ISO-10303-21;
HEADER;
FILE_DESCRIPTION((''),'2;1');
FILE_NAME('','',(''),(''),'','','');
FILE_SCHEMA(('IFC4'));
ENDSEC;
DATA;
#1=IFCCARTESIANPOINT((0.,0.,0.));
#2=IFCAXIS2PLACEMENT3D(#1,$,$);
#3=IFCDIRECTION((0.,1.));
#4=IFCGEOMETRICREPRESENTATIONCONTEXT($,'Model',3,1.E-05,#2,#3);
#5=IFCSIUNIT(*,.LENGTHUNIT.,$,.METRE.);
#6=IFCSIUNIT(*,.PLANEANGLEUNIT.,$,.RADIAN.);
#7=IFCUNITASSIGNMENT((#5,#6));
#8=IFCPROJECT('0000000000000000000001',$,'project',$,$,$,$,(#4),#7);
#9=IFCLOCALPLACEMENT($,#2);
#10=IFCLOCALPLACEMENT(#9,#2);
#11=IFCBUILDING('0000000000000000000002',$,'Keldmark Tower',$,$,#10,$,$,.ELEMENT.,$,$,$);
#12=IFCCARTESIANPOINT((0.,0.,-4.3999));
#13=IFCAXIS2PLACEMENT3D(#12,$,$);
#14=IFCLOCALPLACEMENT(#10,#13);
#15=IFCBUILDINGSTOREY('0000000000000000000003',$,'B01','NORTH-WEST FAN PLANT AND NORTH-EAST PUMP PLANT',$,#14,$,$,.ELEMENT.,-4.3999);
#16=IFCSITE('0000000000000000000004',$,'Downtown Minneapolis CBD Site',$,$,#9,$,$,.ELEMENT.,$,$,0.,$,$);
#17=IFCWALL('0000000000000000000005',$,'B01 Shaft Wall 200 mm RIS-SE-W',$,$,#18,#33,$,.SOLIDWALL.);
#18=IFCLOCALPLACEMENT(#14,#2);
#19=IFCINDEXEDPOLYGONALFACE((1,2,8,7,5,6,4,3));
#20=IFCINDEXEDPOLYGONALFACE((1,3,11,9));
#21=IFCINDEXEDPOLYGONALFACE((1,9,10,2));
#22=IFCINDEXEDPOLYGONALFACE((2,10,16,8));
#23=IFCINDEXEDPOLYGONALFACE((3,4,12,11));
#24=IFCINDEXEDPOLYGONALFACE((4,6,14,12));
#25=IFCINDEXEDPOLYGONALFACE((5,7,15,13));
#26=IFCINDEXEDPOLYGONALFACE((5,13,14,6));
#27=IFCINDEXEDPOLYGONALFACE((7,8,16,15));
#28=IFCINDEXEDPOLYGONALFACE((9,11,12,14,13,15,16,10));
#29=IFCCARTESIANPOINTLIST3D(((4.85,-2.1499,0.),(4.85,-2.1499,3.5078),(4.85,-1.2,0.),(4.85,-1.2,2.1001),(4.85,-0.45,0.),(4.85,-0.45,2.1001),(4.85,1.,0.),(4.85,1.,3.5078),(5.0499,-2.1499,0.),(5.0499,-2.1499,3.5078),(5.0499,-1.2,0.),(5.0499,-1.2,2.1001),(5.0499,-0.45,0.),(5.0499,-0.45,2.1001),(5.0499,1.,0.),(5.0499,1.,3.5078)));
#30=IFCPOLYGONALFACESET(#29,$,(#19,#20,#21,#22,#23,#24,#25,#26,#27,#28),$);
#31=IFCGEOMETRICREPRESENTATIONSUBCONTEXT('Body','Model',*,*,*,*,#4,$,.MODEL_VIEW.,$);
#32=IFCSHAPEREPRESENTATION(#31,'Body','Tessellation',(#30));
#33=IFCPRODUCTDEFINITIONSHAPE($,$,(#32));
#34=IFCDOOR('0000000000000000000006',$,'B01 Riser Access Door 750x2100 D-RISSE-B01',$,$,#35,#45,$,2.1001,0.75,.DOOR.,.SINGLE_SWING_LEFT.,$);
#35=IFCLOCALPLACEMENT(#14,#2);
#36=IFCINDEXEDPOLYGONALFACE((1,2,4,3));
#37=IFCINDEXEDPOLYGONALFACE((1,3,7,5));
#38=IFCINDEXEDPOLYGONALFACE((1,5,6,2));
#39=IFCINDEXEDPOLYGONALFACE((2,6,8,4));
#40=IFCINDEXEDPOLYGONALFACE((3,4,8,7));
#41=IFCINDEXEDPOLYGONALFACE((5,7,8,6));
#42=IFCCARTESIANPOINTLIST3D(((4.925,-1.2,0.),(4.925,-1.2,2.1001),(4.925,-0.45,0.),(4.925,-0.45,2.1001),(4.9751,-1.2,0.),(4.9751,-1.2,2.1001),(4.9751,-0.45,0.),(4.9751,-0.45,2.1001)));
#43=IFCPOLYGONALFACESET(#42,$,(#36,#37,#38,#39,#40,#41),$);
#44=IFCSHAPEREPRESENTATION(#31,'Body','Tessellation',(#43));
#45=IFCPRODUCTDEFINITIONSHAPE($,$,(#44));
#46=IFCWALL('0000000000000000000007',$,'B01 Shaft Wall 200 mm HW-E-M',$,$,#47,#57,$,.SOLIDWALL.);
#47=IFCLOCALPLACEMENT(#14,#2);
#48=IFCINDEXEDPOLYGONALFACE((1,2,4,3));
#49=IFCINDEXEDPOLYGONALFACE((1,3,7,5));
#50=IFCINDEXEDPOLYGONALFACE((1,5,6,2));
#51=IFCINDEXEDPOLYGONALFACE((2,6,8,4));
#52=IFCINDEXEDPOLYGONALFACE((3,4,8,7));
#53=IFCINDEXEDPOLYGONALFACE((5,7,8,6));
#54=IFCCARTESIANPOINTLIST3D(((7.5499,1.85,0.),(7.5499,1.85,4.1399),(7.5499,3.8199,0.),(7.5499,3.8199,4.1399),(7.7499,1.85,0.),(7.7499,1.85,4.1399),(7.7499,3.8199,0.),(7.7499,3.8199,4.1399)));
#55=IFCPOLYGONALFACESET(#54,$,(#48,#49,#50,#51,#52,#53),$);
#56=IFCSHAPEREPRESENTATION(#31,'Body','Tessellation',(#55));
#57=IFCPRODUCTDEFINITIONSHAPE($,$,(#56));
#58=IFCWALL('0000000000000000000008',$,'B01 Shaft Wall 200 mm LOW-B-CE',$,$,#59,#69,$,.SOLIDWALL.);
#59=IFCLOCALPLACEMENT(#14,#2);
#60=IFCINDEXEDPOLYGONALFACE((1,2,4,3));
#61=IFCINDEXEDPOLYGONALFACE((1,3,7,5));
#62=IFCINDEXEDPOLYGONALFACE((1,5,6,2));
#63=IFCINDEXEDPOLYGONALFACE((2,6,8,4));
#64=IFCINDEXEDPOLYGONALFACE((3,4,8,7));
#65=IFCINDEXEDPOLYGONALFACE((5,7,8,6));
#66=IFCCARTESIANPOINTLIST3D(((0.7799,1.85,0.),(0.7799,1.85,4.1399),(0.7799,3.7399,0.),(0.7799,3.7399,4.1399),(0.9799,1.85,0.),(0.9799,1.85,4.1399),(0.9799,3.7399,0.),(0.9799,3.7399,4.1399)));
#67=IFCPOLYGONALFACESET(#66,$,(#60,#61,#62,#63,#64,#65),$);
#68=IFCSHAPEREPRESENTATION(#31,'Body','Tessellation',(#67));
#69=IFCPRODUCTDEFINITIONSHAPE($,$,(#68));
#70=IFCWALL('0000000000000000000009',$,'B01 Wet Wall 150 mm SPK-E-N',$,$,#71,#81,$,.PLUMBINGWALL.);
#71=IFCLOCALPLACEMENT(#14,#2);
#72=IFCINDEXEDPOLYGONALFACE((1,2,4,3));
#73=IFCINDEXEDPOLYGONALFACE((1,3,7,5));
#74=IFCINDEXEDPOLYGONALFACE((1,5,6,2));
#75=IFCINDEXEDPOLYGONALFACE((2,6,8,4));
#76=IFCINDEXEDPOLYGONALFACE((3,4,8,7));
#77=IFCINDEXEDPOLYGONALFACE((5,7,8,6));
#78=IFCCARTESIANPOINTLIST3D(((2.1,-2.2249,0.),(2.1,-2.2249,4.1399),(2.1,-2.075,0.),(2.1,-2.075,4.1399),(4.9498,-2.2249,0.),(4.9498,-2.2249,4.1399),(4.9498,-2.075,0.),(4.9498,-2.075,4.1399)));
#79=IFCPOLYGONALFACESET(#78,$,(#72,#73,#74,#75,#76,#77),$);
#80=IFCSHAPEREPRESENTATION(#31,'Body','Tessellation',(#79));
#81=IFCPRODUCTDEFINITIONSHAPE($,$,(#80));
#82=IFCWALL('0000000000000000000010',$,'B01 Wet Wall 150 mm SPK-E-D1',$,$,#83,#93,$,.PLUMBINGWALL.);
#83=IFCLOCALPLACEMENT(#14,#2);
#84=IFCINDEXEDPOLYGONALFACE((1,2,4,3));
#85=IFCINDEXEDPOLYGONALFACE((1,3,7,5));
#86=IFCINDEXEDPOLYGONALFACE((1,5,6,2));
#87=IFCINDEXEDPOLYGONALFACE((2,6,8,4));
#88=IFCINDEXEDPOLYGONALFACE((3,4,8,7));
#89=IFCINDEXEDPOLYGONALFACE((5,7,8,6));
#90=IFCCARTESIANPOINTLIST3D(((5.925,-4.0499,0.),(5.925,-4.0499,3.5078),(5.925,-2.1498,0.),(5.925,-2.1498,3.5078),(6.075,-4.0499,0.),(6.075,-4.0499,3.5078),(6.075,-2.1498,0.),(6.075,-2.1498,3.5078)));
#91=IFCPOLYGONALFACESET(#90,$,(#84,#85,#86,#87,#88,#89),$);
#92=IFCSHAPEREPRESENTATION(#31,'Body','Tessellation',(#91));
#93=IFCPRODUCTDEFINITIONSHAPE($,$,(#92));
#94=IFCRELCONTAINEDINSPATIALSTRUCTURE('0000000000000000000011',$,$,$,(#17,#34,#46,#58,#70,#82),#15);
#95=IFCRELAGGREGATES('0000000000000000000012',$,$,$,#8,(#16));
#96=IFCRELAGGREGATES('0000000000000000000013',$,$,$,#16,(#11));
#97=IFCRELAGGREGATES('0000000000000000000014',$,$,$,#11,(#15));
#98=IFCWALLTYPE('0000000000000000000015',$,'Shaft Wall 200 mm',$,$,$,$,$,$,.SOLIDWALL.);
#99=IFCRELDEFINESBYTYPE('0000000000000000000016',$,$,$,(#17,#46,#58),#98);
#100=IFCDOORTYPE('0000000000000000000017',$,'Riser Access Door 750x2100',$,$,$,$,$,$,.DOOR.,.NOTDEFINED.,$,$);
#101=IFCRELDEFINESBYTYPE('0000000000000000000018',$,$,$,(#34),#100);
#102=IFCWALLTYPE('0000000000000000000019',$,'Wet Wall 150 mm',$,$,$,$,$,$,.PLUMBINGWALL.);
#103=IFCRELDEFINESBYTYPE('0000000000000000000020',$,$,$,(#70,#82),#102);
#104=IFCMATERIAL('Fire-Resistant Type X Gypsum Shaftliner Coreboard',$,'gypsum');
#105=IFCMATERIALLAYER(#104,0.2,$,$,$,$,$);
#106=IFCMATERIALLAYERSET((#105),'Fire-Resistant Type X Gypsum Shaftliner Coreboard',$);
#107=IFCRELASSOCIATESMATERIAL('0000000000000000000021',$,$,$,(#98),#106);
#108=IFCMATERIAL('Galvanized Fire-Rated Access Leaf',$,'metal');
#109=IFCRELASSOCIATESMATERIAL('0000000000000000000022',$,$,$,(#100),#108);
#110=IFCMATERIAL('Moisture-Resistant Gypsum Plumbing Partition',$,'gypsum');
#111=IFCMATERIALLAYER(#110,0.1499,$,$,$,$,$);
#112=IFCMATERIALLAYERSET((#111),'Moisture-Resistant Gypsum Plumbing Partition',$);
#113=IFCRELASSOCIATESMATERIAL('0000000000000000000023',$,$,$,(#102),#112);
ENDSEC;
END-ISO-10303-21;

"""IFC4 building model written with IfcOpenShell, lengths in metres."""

from ifc_helpers import new_model, si_unit, direction, frame, frame_2d, origin, place, context, subcontext, project, spatial, rectangle, extrude, material, layer, layer_set, type_object, element, fill, save


model = new_model("IFC4")

# Units and contexts
model_context = context("Model", 3, precision=1e-05, world=origin(), true_north=direction((0.0, 1.0)))
body_context = subcontext(model_context, "Body", "Model", "MODEL_VIEW")
ifc_project = project(units=[si_unit("LENGTHUNIT", "METRE"), si_unit("PLANEANGLEUNIT", "RADIAN")], contexts=[model_context])

# Site, building, storey
site_placement = place(None, origin())
site = spatial("IfcSite", under=ifc_project, at=site_placement, Name="Downtown Minneapolis CBD Site", CompositionType="ELEMENT", RefElevation=0.0)
building_placement = place(site_placement, origin())
building = spatial("IfcBuilding", under=site, at=building_placement, Name="Keldmark Tower", CompositionType="ELEMENT")
storey_placement = place(building_placement, frame((0.0, 0.0, -4.3999)))
storey = spatial("IfcBuildingStorey", under=building, at=storey_placement, Name="B01", Description="NORTH-WEST FAN PLANT AND NORTH-EAST PUMP PLANT", CompositionType="ELEMENT", Elevation=-4.3999)

# Shared definitions
ifc_material_1 = material(Name="Fire-Resistant Type X Gypsum Shaftliner Coreboard", Category="gypsum")
ifc_layer_1 = layer(ifc_material_1, 0.2)
ifc_layer_set_1 = layer_set([ifc_layer_1], Name="Fire-Resistant Type X Gypsum Shaftliner Coreboard")
wall_type_1 = type_object("IfcWallType", Name="Shaft Wall 200 mm", PredefinedType="SOLIDWALL", material=ifc_layer_set_1)

# Wall, opening, door
wall_1_placement = place(storey_placement, frame((4.95, -2.1499, 0.0), z_axis=(0.0, 0.0, 1.0), x_axis=(0.0, 1.0, 0.0)))
wall_1 = element("IfcWall", 1, at=wall_1_placement, inside=storey, type_object=wall_type_1, Name="B01 Shaft Wall 200 mm RIS-SE-W", PredefinedType="SOLIDWALL", context=body_context, shape_type="SweptSolid", body=[
    extrude(rectangle(XDim=3.1499, YDim=0.2, at=frame_2d((1.575, 0.0))), origin(), (0.0, 0.0, 1.0), 3.5078),
])
opening_1_placement = place(wall_1_placement, frame((0.95, 0.0, 0.0)))
opening_1 = element("IfcOpeningElement", 2, at=opening_1_placement, cuts=wall_1, PredefinedType="OPENING", context=body_context, shape_type="SweptSolid", body=[
    extrude(rectangle(XDim=0.75, YDim=2.1001, at=frame_2d((0.375, 1.05))), frame((0.0, 0.1099, 0.0), z_axis=(0.0, -1.0, 0.0), x_axis=(1.0, 0.0, 0.0)), (0.0, 0.0, 1.0), 0.22),
])
ifc_material_2 = material(Name="Galvanized Fire-Rated Access Leaf", Category="metal")
door_type_1 = type_object("IfcDoorType", Name="Riser Access Door 750x2100", OperationType="NOTDEFINED", PredefinedType="DOOR", material=ifc_material_2)
door_1_placement = place(opening_1_placement, origin())
door_1 = element("IfcDoor", 3, at=door_1_placement, inside=storey, type_object=door_type_1, Name="B01 Riser Access Door 750x2100 D-RISSE-B01", OperationType="SINGLE_SWING_LEFT", OverallHeight=2.1001, OverallWidth=0.75, PredefinedType="DOOR", context=body_context, shape_type="SweptSolid", body=[
    extrude(rectangle(XDim=0.75, YDim=2.1001, at=frame_2d((0.375, 1.05))), frame((0.0, 0.0249, 0.0), z_axis=(0.0, -1.0, 0.0), x_axis=(1.0, 0.0, 0.0)), (0.0, 0.0, 1.0), 0.05),
])
fill(opening_1, door_1)

# Walls
wall_2_placement = place(storey_placement, frame((7.6499, 1.8501, 0.0), z_axis=(0.0, 0.0, 1.0), x_axis=(0.0, 1.0, 0.0)))
element("IfcWall", 4, at=wall_2_placement, inside=storey, type_object=wall_type_1, Name="B01 Shaft Wall 200 mm HW-E-M", PredefinedType="SOLIDWALL", context=body_context, shape_type="SweptSolid", body=[
    extrude(rectangle(XDim=1.97, YDim=0.2, at=frame_2d((0.9849, 0.0))), origin(), (0.0, 0.0, 1.0), 4.1399),
])
wall_3_placement = place(storey_placement, frame((0.8799, 1.8501, 0.0), z_axis=(0.0, 0.0, 1.0), x_axis=(0.0, 1.0, 0.0)))
element("IfcWall", 5, at=wall_3_placement, inside=storey, type_object=wall_type_1, Name="B01 Shaft Wall 200 mm LOW-B-CE", PredefinedType="SOLIDWALL", context=body_context, shape_type="SweptSolid", body=[
    extrude(rectangle(XDim=1.8899, YDim=0.2, at=frame_2d((0.9448, 0.0))), origin(), (0.0, 0.0, 1.0), 4.1399),
])
ifc_material_3 = material(Name="Moisture-Resistant Gypsum Plumbing Partition", Category="gypsum")
ifc_layer_2 = layer(ifc_material_3, 0.1499)
ifc_layer_set_2 = layer_set([ifc_layer_2], Name="Moisture-Resistant Gypsum Plumbing Partition")
wall_type_2 = type_object("IfcWallType", Name="Wet Wall 150 mm", PredefinedType="PLUMBINGWALL", material=ifc_layer_set_2)
wall_4_placement = place(storey_placement, frame((2.1001, -2.1499, 0.0), z_axis=(0.0, 0.0, 1.0), x_axis=(1.0, 0.0, 0.0)))
element("IfcWall", 6, at=wall_4_placement, inside=storey, type_object=wall_type_2, Name="B01 Wet Wall 150 mm SPK-E-N", PredefinedType="PLUMBINGWALL", context=body_context, shape_type="SweptSolid", body=[
    extrude(rectangle(XDim=2.8499, YDim=0.1499, at=frame_2d((1.4248, 0.0))), origin(), (0.0, 0.0, 1.0), 4.1399),
])
wall_5_placement = place(storey_placement, frame((6.0, -4.05, 0.0), z_axis=(0.0, 0.0, 1.0), x_axis=(0.0, 1.0, 0.0)))
element("IfcWall", 7, at=wall_5_placement, inside=storey, type_object=wall_type_2, Name="B01 Wet Wall 150 mm SPK-E-D1", PredefinedType="PLUMBINGWALL", context=body_context, shape_type="SweptSolid", body=[
    extrude(rectangle(XDim=1.9001, YDim=0.1499, at=frame_2d((0.9502, 0.0))), origin(), (0.0, 0.0, 1.0), 3.5078),
])

save(model, "model.ifc")
